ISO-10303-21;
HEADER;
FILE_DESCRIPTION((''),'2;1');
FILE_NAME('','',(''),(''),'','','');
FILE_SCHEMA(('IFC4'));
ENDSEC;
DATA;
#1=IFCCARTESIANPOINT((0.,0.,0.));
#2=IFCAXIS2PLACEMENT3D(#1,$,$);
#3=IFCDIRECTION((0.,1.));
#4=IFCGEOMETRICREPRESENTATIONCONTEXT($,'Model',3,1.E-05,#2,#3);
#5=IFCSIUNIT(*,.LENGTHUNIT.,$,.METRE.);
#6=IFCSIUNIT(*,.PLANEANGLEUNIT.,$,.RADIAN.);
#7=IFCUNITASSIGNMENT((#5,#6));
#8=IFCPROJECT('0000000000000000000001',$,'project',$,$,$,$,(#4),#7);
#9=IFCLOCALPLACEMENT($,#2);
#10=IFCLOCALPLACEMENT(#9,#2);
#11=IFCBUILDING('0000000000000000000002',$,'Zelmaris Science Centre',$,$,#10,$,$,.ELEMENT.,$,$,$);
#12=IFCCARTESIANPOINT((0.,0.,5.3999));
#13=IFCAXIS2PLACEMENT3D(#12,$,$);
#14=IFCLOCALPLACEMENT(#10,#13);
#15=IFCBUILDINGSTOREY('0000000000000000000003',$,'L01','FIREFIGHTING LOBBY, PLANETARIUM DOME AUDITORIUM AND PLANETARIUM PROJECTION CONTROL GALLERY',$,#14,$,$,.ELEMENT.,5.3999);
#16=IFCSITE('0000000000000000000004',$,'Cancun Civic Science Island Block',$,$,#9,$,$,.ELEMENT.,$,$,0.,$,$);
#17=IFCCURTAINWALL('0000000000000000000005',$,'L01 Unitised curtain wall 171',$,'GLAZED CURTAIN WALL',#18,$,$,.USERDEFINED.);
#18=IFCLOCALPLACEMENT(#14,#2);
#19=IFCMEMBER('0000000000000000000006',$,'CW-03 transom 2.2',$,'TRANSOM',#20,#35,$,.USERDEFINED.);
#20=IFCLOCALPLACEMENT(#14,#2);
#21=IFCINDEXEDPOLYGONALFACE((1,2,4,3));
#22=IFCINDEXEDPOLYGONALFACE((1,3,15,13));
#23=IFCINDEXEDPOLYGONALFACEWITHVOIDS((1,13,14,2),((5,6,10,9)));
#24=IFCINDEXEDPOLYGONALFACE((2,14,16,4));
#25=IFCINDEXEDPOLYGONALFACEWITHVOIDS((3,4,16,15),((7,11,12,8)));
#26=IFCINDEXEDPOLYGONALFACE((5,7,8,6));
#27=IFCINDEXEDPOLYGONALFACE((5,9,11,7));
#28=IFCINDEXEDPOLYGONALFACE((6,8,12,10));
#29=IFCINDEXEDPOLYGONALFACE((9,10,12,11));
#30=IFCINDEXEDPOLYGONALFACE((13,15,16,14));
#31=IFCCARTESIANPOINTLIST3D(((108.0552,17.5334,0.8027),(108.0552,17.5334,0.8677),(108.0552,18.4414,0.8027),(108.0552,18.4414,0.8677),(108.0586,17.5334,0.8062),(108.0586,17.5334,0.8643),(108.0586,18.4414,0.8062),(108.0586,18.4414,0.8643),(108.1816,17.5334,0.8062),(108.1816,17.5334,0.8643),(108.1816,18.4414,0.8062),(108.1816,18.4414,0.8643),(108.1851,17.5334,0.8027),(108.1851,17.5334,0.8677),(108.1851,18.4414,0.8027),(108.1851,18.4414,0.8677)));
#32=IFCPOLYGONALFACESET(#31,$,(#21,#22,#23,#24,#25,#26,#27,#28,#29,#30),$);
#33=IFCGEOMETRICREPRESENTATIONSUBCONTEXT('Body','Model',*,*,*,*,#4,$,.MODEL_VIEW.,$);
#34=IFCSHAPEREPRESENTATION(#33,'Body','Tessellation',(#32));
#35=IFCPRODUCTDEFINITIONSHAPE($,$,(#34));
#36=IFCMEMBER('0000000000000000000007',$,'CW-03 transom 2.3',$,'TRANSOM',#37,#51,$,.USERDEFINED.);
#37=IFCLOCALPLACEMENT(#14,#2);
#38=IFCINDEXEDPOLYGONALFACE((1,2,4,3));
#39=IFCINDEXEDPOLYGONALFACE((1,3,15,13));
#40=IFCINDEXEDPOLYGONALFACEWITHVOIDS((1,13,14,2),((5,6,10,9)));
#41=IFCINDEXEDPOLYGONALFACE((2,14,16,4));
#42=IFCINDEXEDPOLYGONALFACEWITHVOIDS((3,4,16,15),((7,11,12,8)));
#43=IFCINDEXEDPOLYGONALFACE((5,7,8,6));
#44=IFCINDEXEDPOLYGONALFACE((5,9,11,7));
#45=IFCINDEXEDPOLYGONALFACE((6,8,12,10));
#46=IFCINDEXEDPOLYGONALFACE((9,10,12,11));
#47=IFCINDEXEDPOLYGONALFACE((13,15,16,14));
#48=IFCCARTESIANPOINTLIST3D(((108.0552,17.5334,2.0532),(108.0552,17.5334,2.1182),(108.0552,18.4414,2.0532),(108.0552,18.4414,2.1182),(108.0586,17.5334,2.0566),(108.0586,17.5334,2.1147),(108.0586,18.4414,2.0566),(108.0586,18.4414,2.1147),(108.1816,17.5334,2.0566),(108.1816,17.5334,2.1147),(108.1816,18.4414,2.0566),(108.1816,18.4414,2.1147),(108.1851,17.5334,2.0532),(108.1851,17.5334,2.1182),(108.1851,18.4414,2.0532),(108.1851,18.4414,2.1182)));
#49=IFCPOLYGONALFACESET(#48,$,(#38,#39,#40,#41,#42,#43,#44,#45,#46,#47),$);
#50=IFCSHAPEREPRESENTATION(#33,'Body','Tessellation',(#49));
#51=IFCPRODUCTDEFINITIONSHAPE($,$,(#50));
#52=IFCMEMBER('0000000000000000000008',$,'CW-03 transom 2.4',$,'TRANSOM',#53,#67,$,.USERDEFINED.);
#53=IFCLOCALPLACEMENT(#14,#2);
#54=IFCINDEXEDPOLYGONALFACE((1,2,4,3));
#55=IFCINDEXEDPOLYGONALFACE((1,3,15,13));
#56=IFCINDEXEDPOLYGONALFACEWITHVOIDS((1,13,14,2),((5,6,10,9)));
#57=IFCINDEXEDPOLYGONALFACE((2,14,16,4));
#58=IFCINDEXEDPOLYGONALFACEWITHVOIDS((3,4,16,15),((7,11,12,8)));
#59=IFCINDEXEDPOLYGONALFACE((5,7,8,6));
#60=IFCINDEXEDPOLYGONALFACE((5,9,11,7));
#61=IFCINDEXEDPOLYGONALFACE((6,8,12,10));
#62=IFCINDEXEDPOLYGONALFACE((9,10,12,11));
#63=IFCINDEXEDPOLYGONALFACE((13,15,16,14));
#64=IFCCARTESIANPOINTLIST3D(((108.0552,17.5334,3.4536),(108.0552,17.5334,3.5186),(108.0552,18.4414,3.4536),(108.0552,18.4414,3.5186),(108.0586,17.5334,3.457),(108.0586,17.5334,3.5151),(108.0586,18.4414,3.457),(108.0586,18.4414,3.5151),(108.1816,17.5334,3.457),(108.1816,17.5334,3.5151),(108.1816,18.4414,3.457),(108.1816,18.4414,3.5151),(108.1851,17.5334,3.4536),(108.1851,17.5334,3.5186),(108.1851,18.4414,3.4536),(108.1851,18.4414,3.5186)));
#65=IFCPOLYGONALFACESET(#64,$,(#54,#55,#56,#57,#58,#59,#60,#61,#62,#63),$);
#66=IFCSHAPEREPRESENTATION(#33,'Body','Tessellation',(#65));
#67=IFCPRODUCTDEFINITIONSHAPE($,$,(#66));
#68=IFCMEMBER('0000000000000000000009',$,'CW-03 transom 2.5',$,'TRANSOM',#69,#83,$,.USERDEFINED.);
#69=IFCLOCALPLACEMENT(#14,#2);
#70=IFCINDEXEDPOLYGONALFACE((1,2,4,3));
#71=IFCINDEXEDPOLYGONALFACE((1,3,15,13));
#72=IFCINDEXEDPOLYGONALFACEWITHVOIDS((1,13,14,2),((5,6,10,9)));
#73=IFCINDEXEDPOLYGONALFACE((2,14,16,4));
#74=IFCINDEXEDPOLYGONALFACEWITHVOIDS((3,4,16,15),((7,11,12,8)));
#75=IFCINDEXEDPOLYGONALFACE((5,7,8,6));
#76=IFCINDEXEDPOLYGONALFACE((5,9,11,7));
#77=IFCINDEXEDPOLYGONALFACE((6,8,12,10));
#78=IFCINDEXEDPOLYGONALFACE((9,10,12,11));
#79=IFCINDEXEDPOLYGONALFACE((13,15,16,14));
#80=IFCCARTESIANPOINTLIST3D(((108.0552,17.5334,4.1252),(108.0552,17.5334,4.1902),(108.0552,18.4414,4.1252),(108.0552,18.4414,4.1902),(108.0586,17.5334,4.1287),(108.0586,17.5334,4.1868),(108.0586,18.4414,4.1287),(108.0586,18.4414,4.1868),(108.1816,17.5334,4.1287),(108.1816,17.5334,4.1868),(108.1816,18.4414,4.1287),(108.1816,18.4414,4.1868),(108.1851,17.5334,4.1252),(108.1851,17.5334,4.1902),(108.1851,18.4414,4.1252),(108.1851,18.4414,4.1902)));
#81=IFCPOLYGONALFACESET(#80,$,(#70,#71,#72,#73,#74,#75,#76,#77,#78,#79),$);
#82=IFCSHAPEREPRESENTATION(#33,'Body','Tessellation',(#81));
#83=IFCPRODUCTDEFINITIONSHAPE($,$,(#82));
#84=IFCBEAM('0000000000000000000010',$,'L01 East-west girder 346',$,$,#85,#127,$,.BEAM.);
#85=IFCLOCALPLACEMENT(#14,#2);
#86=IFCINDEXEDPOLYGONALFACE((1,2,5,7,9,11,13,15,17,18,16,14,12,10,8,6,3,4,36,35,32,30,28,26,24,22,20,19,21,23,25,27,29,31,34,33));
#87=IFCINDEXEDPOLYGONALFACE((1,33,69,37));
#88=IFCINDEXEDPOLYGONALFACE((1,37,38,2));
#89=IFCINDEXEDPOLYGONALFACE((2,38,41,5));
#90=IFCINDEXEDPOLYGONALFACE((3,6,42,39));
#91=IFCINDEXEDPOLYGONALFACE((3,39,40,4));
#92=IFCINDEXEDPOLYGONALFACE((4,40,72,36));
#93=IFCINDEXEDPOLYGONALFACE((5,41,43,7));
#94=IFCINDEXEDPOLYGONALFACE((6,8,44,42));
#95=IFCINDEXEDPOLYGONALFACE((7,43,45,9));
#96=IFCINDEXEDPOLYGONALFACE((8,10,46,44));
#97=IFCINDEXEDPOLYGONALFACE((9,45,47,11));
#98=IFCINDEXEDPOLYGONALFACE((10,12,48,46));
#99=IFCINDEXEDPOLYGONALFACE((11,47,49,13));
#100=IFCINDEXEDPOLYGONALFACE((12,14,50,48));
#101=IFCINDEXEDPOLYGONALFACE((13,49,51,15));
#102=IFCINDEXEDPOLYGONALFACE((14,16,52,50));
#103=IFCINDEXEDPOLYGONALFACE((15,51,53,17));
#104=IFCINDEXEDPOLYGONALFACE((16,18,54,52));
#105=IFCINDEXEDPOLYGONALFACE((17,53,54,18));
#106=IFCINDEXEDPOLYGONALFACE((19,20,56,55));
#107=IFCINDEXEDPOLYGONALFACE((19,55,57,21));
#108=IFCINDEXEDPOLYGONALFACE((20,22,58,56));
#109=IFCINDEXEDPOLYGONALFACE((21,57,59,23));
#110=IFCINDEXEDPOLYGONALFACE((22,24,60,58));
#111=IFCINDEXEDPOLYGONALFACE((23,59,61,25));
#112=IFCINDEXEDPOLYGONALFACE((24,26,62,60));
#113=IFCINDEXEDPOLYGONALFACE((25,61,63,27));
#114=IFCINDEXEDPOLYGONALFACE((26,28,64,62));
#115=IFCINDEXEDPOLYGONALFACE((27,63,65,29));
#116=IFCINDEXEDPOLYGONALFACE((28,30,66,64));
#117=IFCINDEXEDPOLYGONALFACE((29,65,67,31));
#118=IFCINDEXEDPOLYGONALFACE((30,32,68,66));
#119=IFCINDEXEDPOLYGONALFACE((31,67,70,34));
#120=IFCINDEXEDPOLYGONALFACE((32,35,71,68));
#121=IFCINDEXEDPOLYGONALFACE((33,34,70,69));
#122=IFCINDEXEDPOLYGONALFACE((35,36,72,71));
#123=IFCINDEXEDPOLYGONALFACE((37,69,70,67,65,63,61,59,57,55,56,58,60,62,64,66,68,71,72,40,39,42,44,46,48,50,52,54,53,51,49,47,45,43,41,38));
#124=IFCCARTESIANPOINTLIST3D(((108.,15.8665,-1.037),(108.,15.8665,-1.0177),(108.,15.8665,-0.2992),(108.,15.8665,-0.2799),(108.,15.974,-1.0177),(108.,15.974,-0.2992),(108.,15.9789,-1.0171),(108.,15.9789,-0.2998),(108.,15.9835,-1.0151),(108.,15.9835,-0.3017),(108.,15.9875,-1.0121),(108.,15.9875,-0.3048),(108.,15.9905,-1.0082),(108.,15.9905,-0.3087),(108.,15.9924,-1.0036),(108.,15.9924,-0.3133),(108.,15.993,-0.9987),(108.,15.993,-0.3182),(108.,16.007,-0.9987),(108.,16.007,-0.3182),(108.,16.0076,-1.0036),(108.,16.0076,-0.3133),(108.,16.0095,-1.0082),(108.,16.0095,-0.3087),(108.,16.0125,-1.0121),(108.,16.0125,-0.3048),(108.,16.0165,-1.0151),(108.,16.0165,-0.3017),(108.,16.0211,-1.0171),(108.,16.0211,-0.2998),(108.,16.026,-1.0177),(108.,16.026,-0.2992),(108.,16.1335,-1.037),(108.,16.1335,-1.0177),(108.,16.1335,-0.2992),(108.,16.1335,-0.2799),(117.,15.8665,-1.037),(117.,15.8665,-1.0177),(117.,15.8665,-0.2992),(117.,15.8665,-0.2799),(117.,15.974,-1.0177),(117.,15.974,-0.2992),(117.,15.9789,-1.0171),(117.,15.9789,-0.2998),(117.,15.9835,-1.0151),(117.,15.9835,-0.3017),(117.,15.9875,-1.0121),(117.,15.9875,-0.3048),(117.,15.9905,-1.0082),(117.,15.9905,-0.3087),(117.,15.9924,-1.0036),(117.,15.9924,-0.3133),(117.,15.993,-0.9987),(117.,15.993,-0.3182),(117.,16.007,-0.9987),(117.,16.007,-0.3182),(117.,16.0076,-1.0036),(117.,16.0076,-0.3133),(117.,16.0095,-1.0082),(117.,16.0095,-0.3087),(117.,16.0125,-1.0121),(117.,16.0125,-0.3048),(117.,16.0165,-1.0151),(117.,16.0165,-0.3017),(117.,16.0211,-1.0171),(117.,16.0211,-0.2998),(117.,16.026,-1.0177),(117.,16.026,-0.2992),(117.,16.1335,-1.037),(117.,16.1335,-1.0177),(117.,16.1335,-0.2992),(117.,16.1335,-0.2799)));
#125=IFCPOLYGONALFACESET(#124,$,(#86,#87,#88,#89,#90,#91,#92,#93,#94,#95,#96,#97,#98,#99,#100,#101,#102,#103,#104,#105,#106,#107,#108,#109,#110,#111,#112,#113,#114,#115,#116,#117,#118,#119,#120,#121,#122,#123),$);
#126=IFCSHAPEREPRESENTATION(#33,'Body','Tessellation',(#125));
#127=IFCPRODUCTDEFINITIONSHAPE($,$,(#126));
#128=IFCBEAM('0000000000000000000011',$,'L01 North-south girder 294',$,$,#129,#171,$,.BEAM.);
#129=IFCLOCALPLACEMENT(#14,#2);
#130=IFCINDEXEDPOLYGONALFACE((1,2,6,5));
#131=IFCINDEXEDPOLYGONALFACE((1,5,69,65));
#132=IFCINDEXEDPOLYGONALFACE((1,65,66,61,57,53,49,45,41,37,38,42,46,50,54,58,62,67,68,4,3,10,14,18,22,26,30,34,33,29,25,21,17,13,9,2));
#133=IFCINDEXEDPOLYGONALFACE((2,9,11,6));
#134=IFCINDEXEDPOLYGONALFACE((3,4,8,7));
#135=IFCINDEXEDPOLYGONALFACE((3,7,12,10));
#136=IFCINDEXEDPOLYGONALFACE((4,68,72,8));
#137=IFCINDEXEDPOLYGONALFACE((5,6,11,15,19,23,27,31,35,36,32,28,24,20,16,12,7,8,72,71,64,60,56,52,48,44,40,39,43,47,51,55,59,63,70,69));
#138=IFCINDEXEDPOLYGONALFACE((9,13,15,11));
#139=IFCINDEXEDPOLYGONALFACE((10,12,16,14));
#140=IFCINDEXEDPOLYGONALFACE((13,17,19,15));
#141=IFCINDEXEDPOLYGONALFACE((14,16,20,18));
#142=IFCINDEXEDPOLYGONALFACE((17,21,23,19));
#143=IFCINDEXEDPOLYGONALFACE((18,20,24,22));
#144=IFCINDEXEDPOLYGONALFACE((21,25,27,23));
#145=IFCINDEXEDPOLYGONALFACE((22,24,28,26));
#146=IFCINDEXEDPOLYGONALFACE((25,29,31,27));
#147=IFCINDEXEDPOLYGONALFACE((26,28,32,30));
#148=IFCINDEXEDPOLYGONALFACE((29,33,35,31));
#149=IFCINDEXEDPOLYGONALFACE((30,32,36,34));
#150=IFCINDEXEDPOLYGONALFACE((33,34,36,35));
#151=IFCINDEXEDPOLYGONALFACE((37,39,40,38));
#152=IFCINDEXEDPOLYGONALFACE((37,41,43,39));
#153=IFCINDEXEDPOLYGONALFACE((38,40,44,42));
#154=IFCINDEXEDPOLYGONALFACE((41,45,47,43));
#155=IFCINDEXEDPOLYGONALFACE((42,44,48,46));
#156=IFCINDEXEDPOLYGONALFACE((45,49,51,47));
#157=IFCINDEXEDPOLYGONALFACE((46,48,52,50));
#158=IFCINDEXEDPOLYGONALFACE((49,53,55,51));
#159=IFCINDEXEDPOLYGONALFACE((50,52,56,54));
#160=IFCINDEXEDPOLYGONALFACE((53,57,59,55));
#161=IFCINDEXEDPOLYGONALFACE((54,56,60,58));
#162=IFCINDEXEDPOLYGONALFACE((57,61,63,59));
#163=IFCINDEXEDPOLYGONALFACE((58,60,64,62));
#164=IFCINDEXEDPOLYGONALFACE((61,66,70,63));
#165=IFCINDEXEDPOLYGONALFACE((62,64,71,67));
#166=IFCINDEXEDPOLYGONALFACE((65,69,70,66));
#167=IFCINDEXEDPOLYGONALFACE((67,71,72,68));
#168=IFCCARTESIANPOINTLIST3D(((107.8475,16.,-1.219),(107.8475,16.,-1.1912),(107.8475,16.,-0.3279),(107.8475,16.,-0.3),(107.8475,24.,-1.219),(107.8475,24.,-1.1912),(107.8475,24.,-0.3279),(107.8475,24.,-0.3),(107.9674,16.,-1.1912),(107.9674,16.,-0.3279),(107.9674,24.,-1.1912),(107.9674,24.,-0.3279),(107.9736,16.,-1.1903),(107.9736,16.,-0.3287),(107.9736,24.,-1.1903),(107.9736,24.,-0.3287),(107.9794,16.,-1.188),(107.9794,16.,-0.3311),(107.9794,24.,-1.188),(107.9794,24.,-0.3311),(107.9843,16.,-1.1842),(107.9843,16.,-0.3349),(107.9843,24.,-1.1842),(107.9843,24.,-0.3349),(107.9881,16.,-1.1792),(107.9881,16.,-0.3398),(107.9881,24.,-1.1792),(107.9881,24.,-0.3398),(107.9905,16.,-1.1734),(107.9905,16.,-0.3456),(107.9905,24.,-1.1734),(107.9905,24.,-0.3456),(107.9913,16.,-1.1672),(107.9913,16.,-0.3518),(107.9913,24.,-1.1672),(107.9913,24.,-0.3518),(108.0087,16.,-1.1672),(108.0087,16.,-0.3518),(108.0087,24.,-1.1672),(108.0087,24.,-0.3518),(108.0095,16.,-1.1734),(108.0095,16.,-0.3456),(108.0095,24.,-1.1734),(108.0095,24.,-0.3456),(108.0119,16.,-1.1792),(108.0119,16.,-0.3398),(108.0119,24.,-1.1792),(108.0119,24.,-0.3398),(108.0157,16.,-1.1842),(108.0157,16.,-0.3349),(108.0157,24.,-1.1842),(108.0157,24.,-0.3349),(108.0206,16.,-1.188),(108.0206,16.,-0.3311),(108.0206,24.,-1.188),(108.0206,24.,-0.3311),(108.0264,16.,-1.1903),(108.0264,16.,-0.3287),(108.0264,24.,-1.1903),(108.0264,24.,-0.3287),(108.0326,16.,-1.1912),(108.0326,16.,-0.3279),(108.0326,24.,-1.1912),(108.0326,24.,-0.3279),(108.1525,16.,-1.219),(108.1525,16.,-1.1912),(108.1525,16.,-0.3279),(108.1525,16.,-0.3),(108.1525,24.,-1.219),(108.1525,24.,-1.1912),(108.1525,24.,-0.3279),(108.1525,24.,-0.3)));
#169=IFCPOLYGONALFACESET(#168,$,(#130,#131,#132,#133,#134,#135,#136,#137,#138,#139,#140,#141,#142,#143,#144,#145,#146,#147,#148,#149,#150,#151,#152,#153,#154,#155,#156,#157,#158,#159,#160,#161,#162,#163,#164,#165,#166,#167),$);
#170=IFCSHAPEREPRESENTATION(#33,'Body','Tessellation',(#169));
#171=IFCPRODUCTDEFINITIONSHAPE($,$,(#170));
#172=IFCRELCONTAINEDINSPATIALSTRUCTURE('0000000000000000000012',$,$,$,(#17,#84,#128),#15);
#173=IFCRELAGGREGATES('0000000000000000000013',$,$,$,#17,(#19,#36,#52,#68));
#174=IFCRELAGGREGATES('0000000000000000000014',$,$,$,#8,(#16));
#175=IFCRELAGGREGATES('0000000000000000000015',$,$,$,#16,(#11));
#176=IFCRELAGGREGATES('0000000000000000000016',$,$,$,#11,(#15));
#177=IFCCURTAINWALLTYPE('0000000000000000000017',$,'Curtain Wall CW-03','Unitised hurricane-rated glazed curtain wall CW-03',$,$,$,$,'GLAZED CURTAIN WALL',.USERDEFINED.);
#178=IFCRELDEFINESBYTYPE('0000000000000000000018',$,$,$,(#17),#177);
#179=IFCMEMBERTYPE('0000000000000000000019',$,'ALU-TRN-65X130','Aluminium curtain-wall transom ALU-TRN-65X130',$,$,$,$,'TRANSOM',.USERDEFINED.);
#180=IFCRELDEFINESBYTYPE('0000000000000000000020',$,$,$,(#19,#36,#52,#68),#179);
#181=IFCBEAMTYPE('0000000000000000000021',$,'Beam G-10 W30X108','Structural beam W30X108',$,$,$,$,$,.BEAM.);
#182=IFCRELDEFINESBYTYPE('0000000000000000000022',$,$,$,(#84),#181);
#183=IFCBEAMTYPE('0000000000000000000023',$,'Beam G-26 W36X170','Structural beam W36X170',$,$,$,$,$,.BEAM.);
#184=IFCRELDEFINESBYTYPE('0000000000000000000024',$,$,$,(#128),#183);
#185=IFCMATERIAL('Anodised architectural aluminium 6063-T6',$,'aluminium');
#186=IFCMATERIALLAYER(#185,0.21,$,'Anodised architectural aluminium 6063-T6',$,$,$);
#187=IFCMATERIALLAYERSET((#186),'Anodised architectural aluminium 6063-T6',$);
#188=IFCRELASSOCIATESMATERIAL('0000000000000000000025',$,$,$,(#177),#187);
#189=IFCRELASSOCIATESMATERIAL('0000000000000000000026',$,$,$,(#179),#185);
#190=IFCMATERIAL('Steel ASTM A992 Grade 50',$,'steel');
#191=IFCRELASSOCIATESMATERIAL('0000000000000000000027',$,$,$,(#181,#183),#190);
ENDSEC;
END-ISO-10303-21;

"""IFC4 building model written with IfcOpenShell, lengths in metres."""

from ifc_helpers import new_model, si_unit, direction, frame, origin, origin_2d, place, context, subcontext, project, spatial, hollow_rectangle, i_section, extrude, material, layer, layer_set, material_profile, profile_set, type_object, element, aggregate, save


model = new_model("IFC4")

# Units and contexts
model_context = context("Model", 3, precision=1e-05, world=origin(), true_north=direction((0.0, 1.0)))
body_context = subcontext(model_context, "Body", "Model", "MODEL_VIEW")
ifc_project = project(units=[si_unit("LENGTHUNIT", "METRE"), si_unit("PLANEANGLEUNIT", "RADIAN")], contexts=[model_context])

# Site, building, storey
site_placement = place(None, origin())
site = spatial("IfcSite", under=ifc_project, at=site_placement, Name="Cancun Civic Science Island Block", CompositionType="ELEMENT", RefElevation=0.0)
building_placement = place(site_placement, origin())
building = spatial("IfcBuilding", under=site, at=building_placement, Name="Zelmaris Science Centre", CompositionType="ELEMENT")
storey_placement = place(building_placement, frame((0.0, 0.0, 5.3999)))
storey = spatial("IfcBuildingStorey", under=building, at=storey_placement, Name="L01", Description="FIREFIGHTING LOBBY, PLANETARIUM DOME AUDITORIUM AND PLANETARIUM PROJECTION CONTROL GALLERY", CompositionType="ELEMENT", Elevation=5.3999)

# Shared definitions
ifc_material_1 = material(Name="Steel ASTM A992 Grade 50", Category="steel")

# Curtain wall, members
ifc_material_2 = material(Name="Anodised architectural aluminium 6063-T6", Category="aluminium")
ifc_layer_1 = layer(ifc_material_2, 0.21, Name="Anodised architectural aluminium 6063-T6")
ifc_layer_set_1 = layer_set([ifc_layer_1], Name="Anodised architectural aluminium 6063-T6")
curtain_wall_type = type_object("IfcCurtainWallType", Name="Curtain Wall CW-03", Description="Unitised hurricane-rated glazed curtain wall CW-03", ElementType="GLAZED CURTAIN WALL", PredefinedType="USERDEFINED", material=ifc_layer_set_1)
curtain_wall_placement = place(storey_placement, origin())
curtain_wall = element("IfcCurtainWall", 1, at=curtain_wall_placement, inside=storey, type_object=curtain_wall_type, Name="L01 Unitised curtain wall 171", ObjectType="GLAZED CURTAIN WALL", PredefinedType="USERDEFINED")
ifc_material_profile_1 = material_profile(ifc_material_2, hollow_rectangle(XDim=0.0649, YDim=0.1299, WallThickness=0.0034, at=origin_2d()), Name="ALU-TRN-65X130")
ifc_profile_set_1 = profile_set([ifc_material_profile_1], Name="Anodised architectural aluminium 6063-T6")
member_type_1 = type_object("IfcMemberType", Name="ALU-TRN-65X130", Description="Aluminium curtain-wall transom ALU-TRN-65X130", ElementType="TRANSOM", PredefinedType="USERDEFINED", material=ifc_profile_set_1)
member_1_placement = place(storey_placement, frame((108.1201, 17.5334, 0.8352), z_axis=(0.0, 1.0, 0.0), x_axis=(0.0, 0.0, 1.0)))
member_1 = element("IfcMember", 2, at=member_1_placement, type_object=member_type_1, Name="CW-03 transom 2.2", ObjectType="TRANSOM", PredefinedType="USERDEFINED", context=body_context, shape_type="SweptSolid", body=[
    extrude(hollow_rectangle(XDim=0.0649, YDim=0.1299, WallThickness=0.0034, at=origin_2d()), origin(), (0.0, 0.0, 1.0), 0.908),
])
member_2_placement = place(storey_placement, frame((108.1201, 17.5334, 2.0857), z_axis=(0.0, 1.0, 0.0), x_axis=(0.0, 0.0, 1.0)))
member_2 = element("IfcMember", 3, at=member_2_placement, type_object=member_type_1, Name="CW-03 transom 2.3", ObjectType="TRANSOM", PredefinedType="USERDEFINED", context=body_context, shape_type="SweptSolid", body=[
    extrude(hollow_rectangle(XDim=0.0649, YDim=0.1299, WallThickness=0.0034, at=origin_2d()), origin(), (0.0, 0.0, 1.0), 0.908),
])
member_3_placement = place(storey_placement, frame((108.1201, 17.5334, 3.4861), z_axis=(0.0, 1.0, 0.0), x_axis=(0.0, 0.0, 1.0)))
member_3 = element("IfcMember", 4, at=member_3_placement, type_object=member_type_1, Name="CW-03 transom 2.4", ObjectType="TRANSOM", PredefinedType="USERDEFINED", context=body_context, shape_type="SweptSolid", body=[
    extrude(hollow_rectangle(XDim=0.0649, YDim=0.1299, WallThickness=0.0034, at=origin_2d()), origin(), (0.0, 0.0, 1.0), 0.908),
])
member_4_placement = place(storey_placement, frame((108.1201, 17.5334, 4.1577), z_axis=(0.0, 1.0, 0.0), x_axis=(0.0, 0.0, 1.0)))
member_4 = element("IfcMember", 5, at=member_4_placement, type_object=member_type_1, Name="CW-03 transom 2.5", ObjectType="TRANSOM", PredefinedType="USERDEFINED", context=body_context, shape_type="SweptSolid", body=[
    extrude(hollow_rectangle(XDim=0.0649, YDim=0.1299, WallThickness=0.0034, at=origin_2d()), origin(), (0.0, 0.0, 1.0), 0.908),
])

# Beams
ifc_material_profile_2 = material_profile(ifc_material_1, i_section(OverallWidth=0.2671, OverallDepth=0.7571, WebThickness=0.0139, FlangeThickness=0.0193, FilletRadius=0.019, at=origin_2d()), Name="W30X108")
ifc_profile_set_2 = profile_set([ifc_material_profile_2], Name="Steel ASTM A992 Grade 50")
beam_type_1 = type_object("IfcBeamType", Name="Beam G-10 W30X108", Description="Structural beam W30X108", PredefinedType="BEAM", material=ifc_profile_set_2)
beam_1_placement = place(storey_placement, frame((108.0, 16.0, -0.6584), z_axis=(1.0, 0.0, 0.0), x_axis=(0.0, 1.0, 0.0)))
element("IfcBeam", 6, at=beam_1_placement, inside=storey, type_object=beam_type_1, Name="L01 East-west girder 346", PredefinedType="BEAM", context=body_context, shape_type="SweptSolid", body=[
    extrude(i_section(OverallWidth=0.2671, OverallDepth=0.7571, WebThickness=0.0139, FlangeThickness=0.0193, FilletRadius=0.019, at=origin_2d()), origin(), (0.0, 0.0, 1.0), 9.0),
])
ifc_material_profile_3 = material_profile(ifc_material_1, i_section(OverallWidth=0.3049, OverallDepth=0.9189, WebThickness=0.0173, FlangeThickness=0.0278, FilletRadius=0.0239, at=origin_2d()), Name="W36X170")
ifc_profile_set_3 = profile_set([ifc_material_profile_3], Name="Steel ASTM A992 Grade 50")
beam_type_2 = type_object("IfcBeamType", Name="Beam G-26 W36X170", Description="Structural beam W36X170", PredefinedType="BEAM", material=ifc_profile_set_3)
beam_2_placement = place(storey_placement, frame((108.0, 16.0, -0.7595), z_axis=(0.0, 1.0, 0.0), x_axis=(-1.0, 0.0, 0.0)))
element("IfcBeam", 7, at=beam_2_placement, inside=storey, type_object=beam_type_2, Name="L01 North-south girder 294", PredefinedType="BEAM", context=body_context, shape_type="SweptSolid", body=[
    extrude(i_section(OverallWidth=0.3049, OverallDepth=0.9189, WebThickness=0.0173, FlangeThickness=0.0278, FilletRadius=0.0239, at=origin_2d()), origin(), (0.0, 0.0, 1.0), 8.0),
])

aggregate(curtain_wall, [member_1, member_2, member_3, member_4])

save(model, "model.ifc")
